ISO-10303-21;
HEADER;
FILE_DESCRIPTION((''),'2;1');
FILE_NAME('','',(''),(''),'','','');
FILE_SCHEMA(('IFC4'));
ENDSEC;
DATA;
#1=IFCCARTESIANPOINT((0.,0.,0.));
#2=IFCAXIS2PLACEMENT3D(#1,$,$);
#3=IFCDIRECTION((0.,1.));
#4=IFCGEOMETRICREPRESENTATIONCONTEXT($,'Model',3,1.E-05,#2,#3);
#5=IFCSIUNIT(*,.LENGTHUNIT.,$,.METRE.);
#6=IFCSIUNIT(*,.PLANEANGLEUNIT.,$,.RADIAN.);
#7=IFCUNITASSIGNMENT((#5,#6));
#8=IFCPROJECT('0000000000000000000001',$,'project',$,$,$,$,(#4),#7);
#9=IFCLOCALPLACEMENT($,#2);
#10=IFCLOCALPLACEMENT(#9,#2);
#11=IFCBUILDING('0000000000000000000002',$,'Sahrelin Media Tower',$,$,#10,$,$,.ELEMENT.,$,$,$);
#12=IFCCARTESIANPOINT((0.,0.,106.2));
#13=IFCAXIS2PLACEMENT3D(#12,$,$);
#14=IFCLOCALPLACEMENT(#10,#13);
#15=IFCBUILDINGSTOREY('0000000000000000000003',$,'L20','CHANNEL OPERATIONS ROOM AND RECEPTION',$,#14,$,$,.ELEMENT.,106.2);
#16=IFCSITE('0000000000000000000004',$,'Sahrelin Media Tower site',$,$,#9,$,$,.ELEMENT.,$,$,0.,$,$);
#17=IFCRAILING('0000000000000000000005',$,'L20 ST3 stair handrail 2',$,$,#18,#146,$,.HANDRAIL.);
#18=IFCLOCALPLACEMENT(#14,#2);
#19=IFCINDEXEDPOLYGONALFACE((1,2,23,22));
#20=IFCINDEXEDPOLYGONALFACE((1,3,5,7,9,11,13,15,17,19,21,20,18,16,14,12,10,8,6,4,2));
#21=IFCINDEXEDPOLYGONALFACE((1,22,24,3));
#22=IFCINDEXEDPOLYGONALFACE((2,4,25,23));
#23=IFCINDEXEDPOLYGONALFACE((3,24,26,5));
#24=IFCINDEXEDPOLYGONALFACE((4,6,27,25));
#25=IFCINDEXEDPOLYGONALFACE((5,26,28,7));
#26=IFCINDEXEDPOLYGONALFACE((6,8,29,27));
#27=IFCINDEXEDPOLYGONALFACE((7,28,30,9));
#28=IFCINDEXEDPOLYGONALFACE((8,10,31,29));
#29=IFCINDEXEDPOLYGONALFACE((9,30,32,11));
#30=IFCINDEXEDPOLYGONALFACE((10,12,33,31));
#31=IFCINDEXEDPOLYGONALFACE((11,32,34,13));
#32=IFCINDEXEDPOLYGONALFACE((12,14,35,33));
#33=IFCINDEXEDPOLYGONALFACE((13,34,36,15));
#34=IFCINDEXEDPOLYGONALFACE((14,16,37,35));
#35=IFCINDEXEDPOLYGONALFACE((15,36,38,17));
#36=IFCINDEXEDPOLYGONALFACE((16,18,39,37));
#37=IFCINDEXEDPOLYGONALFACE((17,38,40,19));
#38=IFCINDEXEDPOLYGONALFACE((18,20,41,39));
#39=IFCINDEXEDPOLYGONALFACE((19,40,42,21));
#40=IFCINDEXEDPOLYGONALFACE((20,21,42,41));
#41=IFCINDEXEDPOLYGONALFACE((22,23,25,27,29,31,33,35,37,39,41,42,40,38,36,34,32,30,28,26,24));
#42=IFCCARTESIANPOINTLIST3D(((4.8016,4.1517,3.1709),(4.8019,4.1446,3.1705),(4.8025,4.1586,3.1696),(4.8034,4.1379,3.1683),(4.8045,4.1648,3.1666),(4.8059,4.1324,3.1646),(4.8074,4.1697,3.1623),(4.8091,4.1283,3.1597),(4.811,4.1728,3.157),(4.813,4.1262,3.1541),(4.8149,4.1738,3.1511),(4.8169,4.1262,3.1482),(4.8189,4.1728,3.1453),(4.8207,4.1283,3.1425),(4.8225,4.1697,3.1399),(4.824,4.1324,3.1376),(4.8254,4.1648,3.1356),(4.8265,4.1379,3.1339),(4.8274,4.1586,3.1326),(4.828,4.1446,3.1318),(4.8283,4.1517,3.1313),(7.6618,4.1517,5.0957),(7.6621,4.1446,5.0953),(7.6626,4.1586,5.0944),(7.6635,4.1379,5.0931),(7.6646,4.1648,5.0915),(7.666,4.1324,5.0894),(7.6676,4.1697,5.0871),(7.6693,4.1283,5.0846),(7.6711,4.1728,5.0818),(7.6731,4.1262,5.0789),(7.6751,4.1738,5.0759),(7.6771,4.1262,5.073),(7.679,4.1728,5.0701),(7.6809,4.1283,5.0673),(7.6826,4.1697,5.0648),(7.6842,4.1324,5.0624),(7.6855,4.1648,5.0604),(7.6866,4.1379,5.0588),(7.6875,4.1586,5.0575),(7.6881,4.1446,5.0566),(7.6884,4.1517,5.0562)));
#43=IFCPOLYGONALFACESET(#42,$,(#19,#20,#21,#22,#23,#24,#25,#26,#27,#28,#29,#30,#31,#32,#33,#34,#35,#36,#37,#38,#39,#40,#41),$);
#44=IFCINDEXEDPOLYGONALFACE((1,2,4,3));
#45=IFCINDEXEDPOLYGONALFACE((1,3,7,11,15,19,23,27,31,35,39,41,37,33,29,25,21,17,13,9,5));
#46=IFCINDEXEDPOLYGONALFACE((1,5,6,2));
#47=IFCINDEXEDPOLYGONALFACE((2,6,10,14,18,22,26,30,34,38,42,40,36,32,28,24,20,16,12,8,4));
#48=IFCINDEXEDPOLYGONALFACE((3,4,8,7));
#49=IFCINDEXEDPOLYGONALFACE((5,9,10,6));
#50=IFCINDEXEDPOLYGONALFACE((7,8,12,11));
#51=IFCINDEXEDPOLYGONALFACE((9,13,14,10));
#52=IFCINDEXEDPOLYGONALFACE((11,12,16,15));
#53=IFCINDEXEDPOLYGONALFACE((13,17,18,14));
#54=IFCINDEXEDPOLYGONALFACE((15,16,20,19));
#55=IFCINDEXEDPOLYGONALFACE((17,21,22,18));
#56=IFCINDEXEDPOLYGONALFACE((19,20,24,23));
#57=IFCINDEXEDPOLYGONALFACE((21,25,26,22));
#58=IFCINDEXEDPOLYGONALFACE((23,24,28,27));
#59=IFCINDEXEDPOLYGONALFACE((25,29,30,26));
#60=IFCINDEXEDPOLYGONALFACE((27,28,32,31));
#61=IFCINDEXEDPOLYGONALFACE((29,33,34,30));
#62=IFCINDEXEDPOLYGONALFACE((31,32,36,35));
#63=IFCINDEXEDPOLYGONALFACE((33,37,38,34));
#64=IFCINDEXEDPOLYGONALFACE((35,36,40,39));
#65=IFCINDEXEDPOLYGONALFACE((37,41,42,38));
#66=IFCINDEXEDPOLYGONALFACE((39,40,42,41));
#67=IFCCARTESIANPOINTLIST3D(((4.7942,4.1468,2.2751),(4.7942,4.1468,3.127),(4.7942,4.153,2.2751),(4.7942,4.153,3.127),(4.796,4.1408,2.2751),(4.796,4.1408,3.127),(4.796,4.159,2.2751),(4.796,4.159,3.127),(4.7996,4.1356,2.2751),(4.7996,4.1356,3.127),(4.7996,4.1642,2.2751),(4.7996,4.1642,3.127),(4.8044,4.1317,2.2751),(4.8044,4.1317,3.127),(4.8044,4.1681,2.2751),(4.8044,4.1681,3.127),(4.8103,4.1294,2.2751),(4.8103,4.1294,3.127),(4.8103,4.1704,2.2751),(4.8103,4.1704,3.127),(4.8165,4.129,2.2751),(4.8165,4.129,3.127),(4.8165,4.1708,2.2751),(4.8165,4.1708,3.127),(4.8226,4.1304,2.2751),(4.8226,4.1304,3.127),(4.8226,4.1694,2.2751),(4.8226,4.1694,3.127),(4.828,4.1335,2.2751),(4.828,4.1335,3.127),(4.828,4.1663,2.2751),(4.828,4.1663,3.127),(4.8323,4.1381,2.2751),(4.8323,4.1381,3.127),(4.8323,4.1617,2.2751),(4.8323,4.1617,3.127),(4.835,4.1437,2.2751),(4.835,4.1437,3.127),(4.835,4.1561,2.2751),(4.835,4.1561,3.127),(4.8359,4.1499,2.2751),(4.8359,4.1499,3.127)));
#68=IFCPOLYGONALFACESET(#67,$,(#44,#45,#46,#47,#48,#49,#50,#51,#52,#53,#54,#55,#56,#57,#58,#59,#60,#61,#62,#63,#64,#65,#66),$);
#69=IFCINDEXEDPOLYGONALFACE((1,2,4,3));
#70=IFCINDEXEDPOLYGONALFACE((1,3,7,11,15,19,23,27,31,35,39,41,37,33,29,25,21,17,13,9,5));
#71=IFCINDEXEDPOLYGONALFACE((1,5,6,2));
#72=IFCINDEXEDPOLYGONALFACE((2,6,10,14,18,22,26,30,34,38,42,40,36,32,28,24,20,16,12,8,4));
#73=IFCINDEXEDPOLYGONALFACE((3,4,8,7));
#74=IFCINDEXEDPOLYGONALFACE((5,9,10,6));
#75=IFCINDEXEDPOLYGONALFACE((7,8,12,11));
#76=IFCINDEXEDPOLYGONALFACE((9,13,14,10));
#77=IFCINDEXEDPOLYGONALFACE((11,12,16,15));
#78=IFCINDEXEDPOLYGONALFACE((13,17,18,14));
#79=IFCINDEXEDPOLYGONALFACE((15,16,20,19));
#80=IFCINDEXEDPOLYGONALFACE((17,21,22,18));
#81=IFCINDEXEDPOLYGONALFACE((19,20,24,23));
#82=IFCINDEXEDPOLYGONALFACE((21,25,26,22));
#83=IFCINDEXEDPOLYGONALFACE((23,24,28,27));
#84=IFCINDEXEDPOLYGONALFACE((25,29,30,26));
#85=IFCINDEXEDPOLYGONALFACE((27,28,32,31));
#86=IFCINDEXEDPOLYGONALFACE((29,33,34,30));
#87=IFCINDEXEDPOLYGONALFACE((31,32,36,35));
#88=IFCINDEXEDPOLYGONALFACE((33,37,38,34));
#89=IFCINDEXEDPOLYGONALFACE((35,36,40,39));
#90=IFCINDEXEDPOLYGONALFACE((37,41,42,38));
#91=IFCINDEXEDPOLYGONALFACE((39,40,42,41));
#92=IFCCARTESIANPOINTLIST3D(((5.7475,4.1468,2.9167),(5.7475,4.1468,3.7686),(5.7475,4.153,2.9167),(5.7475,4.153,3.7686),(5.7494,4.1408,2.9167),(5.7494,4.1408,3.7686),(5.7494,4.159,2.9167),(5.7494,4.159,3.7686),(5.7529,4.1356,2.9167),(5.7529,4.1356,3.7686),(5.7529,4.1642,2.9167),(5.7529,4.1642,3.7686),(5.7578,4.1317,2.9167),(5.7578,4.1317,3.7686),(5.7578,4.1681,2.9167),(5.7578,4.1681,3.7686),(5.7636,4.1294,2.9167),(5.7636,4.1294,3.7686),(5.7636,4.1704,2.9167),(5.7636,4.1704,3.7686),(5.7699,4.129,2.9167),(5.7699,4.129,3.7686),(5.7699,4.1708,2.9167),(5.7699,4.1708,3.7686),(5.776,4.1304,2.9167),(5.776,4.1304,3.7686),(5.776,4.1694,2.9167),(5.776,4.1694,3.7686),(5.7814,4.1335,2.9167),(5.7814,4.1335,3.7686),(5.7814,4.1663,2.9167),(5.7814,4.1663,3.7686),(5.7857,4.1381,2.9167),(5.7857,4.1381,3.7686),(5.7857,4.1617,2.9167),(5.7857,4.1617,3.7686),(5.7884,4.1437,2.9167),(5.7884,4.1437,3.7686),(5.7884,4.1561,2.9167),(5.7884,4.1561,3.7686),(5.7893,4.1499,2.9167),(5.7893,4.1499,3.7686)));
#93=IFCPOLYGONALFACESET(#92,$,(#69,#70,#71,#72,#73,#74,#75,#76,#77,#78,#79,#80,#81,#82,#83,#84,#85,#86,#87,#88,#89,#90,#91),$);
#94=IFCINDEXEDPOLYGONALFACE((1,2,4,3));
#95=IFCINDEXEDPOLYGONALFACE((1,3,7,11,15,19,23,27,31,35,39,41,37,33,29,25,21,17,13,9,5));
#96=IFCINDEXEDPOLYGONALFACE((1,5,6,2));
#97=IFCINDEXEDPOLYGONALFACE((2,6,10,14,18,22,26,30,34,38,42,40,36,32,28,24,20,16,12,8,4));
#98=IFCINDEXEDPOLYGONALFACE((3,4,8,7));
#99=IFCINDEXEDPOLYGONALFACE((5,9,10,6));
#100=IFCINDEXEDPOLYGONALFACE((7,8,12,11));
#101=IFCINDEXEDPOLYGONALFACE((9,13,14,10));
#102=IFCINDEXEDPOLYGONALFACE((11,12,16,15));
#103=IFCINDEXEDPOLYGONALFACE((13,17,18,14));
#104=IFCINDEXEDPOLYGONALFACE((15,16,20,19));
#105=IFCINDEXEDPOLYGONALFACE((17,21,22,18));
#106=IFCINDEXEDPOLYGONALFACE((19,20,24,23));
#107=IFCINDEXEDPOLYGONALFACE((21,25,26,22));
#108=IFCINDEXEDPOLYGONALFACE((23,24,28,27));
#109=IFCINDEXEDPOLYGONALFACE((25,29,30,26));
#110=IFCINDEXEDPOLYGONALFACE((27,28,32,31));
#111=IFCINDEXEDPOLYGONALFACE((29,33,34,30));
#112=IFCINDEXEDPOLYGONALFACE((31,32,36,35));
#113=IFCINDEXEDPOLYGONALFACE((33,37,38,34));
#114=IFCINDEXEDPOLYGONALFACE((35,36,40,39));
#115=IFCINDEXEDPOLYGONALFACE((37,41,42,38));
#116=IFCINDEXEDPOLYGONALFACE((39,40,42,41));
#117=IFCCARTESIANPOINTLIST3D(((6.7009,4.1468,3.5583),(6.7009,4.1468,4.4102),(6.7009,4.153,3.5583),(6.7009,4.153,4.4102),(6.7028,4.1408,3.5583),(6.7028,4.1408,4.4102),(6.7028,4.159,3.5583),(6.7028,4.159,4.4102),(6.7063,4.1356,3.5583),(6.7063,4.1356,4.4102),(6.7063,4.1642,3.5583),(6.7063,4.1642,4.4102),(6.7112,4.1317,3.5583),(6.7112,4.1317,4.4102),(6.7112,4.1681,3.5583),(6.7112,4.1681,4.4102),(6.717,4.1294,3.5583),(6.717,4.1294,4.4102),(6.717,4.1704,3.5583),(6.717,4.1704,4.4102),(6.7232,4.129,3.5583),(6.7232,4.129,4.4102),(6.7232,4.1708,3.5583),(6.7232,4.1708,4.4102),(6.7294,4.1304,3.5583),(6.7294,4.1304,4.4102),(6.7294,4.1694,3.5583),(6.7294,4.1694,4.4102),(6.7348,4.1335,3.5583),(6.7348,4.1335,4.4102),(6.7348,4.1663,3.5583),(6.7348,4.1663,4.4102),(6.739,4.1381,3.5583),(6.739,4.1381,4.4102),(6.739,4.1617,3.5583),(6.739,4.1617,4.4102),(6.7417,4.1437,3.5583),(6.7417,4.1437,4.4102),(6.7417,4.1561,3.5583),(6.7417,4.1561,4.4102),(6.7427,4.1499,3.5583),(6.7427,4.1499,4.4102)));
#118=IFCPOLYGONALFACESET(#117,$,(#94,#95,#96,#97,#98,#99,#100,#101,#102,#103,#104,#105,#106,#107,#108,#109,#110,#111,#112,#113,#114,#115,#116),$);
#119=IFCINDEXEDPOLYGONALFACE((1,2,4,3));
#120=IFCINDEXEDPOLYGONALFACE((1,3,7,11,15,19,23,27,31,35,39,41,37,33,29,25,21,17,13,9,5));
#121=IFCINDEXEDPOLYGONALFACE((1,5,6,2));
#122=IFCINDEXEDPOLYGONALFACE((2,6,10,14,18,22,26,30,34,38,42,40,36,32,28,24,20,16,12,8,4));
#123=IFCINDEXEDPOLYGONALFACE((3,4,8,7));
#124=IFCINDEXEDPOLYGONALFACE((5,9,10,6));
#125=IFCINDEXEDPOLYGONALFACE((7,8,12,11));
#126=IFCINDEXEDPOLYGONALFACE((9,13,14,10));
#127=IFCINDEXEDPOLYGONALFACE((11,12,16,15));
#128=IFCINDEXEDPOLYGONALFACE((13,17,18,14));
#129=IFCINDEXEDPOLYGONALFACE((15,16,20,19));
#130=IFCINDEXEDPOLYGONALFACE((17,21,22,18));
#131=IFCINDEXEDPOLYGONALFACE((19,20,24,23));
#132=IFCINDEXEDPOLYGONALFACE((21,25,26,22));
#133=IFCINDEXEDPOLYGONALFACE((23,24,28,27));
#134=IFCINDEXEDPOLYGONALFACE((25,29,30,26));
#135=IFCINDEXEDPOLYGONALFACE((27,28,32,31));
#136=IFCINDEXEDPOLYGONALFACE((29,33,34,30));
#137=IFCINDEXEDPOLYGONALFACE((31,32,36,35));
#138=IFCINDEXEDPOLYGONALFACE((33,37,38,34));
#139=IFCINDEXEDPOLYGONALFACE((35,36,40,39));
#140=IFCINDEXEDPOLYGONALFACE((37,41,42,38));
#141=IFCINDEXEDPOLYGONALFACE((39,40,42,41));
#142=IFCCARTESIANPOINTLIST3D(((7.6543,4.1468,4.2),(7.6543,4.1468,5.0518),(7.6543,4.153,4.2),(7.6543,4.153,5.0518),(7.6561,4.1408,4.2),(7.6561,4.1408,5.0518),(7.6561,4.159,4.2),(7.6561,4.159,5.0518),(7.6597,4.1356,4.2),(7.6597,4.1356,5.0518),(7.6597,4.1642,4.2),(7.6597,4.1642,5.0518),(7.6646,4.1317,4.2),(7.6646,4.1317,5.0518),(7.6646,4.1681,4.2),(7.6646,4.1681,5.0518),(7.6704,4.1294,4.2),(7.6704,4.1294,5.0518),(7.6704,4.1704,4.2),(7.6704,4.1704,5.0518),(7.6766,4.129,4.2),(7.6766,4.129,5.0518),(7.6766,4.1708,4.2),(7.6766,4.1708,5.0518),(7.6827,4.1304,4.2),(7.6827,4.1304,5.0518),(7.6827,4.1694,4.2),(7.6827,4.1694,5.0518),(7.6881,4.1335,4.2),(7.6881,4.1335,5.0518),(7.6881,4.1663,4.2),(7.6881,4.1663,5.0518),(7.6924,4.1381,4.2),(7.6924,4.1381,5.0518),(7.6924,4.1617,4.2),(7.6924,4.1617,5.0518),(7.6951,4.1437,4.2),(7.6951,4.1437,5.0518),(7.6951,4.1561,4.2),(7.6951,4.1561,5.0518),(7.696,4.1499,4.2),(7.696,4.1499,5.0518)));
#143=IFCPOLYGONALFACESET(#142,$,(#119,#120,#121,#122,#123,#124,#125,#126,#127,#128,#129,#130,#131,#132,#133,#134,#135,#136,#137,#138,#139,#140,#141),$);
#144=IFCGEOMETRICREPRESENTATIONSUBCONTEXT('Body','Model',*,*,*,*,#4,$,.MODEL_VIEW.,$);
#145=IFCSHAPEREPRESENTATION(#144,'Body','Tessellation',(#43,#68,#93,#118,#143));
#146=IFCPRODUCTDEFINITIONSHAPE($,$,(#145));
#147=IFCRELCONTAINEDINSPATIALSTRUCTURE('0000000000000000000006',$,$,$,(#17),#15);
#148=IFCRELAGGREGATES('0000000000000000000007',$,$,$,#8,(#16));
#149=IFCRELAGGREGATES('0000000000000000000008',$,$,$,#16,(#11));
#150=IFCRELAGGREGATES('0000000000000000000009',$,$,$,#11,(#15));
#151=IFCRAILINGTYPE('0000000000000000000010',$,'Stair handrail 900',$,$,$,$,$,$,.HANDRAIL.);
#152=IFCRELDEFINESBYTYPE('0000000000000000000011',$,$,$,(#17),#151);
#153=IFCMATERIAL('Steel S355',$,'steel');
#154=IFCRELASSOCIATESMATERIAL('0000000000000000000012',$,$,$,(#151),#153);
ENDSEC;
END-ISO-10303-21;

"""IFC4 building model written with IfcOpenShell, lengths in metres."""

from ifc_helpers import new_model, si_unit, direction, frame, origin, origin_2d, place, context, subcontext, project, spatial, circle, extrude, material, type_object, element, save


model = new_model("IFC4")

# Units and contexts
model_context = context("Model", 3, precision=1e-05, world=origin(), true_north=direction((0.0, 1.0)))
body_context = subcontext(model_context, "Body", "Model", "MODEL_VIEW")
ifc_project = project(units=[si_unit("LENGTHUNIT", "METRE"), si_unit("PLANEANGLEUNIT", "RADIAN")], contexts=[model_context])

# Site, building, storey
site_placement = place(None, origin())
site = spatial("IfcSite", under=ifc_project, at=site_placement, Name="Sahrelin Media Tower site", CompositionType="ELEMENT", RefElevation=0.0)
building_placement = place(site_placement, origin())
building = spatial("IfcBuilding", under=site, at=building_placement, Name="Sahrelin Media Tower", CompositionType="ELEMENT")
storey_placement = place(building_placement, frame((0.0, 0.0, 106.2)))
storey = spatial("IfcBuildingStorey", under=building, at=storey_placement, Name="L20", Description="CHANNEL OPERATIONS ROOM AND RECEPTION", CompositionType="ELEMENT", Elevation=106.2)

# Shared definitions
ifc_material_1 = material(Name="Steel S355", Category="steel")

# Railing
railing_type_1 = type_object("IfcRailingType", Name="Stair handrail 900", PredefinedType="HANDRAIL", material=ifc_material_1)
railing_1_placement = place(storey_placement, frame((4.8149, 4.1499, 2.2751)))
element("IfcRailing", 1, at=railing_1_placement, inside=storey, type_object=railing_type_1, Name="L20 ST3 stair handrail 2", PredefinedType="HANDRAIL", context=body_context, shape_type="SweptSolid", body=[
    extrude(circle(Radius=0.0239, at=origin_2d()), frame((0.0, 0.0, 0.876), z_axis=(0.829624, 0.0, 0.558323), x_axis=(0.0, 1.0, 0.0)), (0.0, 0.0, 1.0), 3.4475),
    extrude(circle(Radius=0.021, at=origin_2d()), origin(), (0.0, 0.0, 1.0), 0.8518),
    extrude(circle(Radius=0.021, at=origin_2d()), frame((0.9534, 0.0, 0.6416)), (0.0, 0.0, 1.0), 0.8518),
    extrude(circle(Radius=0.021, at=origin_2d()), frame((1.9067, 0.0, 1.2832)), (0.0, 0.0, 1.0), 0.8518),
    extrude(circle(Radius=0.021, at=origin_2d()), frame((2.8601, 0.0, 1.9248)), (0.0, 0.0, 1.0), 0.8518),
])

save(model, "model.ifc")
